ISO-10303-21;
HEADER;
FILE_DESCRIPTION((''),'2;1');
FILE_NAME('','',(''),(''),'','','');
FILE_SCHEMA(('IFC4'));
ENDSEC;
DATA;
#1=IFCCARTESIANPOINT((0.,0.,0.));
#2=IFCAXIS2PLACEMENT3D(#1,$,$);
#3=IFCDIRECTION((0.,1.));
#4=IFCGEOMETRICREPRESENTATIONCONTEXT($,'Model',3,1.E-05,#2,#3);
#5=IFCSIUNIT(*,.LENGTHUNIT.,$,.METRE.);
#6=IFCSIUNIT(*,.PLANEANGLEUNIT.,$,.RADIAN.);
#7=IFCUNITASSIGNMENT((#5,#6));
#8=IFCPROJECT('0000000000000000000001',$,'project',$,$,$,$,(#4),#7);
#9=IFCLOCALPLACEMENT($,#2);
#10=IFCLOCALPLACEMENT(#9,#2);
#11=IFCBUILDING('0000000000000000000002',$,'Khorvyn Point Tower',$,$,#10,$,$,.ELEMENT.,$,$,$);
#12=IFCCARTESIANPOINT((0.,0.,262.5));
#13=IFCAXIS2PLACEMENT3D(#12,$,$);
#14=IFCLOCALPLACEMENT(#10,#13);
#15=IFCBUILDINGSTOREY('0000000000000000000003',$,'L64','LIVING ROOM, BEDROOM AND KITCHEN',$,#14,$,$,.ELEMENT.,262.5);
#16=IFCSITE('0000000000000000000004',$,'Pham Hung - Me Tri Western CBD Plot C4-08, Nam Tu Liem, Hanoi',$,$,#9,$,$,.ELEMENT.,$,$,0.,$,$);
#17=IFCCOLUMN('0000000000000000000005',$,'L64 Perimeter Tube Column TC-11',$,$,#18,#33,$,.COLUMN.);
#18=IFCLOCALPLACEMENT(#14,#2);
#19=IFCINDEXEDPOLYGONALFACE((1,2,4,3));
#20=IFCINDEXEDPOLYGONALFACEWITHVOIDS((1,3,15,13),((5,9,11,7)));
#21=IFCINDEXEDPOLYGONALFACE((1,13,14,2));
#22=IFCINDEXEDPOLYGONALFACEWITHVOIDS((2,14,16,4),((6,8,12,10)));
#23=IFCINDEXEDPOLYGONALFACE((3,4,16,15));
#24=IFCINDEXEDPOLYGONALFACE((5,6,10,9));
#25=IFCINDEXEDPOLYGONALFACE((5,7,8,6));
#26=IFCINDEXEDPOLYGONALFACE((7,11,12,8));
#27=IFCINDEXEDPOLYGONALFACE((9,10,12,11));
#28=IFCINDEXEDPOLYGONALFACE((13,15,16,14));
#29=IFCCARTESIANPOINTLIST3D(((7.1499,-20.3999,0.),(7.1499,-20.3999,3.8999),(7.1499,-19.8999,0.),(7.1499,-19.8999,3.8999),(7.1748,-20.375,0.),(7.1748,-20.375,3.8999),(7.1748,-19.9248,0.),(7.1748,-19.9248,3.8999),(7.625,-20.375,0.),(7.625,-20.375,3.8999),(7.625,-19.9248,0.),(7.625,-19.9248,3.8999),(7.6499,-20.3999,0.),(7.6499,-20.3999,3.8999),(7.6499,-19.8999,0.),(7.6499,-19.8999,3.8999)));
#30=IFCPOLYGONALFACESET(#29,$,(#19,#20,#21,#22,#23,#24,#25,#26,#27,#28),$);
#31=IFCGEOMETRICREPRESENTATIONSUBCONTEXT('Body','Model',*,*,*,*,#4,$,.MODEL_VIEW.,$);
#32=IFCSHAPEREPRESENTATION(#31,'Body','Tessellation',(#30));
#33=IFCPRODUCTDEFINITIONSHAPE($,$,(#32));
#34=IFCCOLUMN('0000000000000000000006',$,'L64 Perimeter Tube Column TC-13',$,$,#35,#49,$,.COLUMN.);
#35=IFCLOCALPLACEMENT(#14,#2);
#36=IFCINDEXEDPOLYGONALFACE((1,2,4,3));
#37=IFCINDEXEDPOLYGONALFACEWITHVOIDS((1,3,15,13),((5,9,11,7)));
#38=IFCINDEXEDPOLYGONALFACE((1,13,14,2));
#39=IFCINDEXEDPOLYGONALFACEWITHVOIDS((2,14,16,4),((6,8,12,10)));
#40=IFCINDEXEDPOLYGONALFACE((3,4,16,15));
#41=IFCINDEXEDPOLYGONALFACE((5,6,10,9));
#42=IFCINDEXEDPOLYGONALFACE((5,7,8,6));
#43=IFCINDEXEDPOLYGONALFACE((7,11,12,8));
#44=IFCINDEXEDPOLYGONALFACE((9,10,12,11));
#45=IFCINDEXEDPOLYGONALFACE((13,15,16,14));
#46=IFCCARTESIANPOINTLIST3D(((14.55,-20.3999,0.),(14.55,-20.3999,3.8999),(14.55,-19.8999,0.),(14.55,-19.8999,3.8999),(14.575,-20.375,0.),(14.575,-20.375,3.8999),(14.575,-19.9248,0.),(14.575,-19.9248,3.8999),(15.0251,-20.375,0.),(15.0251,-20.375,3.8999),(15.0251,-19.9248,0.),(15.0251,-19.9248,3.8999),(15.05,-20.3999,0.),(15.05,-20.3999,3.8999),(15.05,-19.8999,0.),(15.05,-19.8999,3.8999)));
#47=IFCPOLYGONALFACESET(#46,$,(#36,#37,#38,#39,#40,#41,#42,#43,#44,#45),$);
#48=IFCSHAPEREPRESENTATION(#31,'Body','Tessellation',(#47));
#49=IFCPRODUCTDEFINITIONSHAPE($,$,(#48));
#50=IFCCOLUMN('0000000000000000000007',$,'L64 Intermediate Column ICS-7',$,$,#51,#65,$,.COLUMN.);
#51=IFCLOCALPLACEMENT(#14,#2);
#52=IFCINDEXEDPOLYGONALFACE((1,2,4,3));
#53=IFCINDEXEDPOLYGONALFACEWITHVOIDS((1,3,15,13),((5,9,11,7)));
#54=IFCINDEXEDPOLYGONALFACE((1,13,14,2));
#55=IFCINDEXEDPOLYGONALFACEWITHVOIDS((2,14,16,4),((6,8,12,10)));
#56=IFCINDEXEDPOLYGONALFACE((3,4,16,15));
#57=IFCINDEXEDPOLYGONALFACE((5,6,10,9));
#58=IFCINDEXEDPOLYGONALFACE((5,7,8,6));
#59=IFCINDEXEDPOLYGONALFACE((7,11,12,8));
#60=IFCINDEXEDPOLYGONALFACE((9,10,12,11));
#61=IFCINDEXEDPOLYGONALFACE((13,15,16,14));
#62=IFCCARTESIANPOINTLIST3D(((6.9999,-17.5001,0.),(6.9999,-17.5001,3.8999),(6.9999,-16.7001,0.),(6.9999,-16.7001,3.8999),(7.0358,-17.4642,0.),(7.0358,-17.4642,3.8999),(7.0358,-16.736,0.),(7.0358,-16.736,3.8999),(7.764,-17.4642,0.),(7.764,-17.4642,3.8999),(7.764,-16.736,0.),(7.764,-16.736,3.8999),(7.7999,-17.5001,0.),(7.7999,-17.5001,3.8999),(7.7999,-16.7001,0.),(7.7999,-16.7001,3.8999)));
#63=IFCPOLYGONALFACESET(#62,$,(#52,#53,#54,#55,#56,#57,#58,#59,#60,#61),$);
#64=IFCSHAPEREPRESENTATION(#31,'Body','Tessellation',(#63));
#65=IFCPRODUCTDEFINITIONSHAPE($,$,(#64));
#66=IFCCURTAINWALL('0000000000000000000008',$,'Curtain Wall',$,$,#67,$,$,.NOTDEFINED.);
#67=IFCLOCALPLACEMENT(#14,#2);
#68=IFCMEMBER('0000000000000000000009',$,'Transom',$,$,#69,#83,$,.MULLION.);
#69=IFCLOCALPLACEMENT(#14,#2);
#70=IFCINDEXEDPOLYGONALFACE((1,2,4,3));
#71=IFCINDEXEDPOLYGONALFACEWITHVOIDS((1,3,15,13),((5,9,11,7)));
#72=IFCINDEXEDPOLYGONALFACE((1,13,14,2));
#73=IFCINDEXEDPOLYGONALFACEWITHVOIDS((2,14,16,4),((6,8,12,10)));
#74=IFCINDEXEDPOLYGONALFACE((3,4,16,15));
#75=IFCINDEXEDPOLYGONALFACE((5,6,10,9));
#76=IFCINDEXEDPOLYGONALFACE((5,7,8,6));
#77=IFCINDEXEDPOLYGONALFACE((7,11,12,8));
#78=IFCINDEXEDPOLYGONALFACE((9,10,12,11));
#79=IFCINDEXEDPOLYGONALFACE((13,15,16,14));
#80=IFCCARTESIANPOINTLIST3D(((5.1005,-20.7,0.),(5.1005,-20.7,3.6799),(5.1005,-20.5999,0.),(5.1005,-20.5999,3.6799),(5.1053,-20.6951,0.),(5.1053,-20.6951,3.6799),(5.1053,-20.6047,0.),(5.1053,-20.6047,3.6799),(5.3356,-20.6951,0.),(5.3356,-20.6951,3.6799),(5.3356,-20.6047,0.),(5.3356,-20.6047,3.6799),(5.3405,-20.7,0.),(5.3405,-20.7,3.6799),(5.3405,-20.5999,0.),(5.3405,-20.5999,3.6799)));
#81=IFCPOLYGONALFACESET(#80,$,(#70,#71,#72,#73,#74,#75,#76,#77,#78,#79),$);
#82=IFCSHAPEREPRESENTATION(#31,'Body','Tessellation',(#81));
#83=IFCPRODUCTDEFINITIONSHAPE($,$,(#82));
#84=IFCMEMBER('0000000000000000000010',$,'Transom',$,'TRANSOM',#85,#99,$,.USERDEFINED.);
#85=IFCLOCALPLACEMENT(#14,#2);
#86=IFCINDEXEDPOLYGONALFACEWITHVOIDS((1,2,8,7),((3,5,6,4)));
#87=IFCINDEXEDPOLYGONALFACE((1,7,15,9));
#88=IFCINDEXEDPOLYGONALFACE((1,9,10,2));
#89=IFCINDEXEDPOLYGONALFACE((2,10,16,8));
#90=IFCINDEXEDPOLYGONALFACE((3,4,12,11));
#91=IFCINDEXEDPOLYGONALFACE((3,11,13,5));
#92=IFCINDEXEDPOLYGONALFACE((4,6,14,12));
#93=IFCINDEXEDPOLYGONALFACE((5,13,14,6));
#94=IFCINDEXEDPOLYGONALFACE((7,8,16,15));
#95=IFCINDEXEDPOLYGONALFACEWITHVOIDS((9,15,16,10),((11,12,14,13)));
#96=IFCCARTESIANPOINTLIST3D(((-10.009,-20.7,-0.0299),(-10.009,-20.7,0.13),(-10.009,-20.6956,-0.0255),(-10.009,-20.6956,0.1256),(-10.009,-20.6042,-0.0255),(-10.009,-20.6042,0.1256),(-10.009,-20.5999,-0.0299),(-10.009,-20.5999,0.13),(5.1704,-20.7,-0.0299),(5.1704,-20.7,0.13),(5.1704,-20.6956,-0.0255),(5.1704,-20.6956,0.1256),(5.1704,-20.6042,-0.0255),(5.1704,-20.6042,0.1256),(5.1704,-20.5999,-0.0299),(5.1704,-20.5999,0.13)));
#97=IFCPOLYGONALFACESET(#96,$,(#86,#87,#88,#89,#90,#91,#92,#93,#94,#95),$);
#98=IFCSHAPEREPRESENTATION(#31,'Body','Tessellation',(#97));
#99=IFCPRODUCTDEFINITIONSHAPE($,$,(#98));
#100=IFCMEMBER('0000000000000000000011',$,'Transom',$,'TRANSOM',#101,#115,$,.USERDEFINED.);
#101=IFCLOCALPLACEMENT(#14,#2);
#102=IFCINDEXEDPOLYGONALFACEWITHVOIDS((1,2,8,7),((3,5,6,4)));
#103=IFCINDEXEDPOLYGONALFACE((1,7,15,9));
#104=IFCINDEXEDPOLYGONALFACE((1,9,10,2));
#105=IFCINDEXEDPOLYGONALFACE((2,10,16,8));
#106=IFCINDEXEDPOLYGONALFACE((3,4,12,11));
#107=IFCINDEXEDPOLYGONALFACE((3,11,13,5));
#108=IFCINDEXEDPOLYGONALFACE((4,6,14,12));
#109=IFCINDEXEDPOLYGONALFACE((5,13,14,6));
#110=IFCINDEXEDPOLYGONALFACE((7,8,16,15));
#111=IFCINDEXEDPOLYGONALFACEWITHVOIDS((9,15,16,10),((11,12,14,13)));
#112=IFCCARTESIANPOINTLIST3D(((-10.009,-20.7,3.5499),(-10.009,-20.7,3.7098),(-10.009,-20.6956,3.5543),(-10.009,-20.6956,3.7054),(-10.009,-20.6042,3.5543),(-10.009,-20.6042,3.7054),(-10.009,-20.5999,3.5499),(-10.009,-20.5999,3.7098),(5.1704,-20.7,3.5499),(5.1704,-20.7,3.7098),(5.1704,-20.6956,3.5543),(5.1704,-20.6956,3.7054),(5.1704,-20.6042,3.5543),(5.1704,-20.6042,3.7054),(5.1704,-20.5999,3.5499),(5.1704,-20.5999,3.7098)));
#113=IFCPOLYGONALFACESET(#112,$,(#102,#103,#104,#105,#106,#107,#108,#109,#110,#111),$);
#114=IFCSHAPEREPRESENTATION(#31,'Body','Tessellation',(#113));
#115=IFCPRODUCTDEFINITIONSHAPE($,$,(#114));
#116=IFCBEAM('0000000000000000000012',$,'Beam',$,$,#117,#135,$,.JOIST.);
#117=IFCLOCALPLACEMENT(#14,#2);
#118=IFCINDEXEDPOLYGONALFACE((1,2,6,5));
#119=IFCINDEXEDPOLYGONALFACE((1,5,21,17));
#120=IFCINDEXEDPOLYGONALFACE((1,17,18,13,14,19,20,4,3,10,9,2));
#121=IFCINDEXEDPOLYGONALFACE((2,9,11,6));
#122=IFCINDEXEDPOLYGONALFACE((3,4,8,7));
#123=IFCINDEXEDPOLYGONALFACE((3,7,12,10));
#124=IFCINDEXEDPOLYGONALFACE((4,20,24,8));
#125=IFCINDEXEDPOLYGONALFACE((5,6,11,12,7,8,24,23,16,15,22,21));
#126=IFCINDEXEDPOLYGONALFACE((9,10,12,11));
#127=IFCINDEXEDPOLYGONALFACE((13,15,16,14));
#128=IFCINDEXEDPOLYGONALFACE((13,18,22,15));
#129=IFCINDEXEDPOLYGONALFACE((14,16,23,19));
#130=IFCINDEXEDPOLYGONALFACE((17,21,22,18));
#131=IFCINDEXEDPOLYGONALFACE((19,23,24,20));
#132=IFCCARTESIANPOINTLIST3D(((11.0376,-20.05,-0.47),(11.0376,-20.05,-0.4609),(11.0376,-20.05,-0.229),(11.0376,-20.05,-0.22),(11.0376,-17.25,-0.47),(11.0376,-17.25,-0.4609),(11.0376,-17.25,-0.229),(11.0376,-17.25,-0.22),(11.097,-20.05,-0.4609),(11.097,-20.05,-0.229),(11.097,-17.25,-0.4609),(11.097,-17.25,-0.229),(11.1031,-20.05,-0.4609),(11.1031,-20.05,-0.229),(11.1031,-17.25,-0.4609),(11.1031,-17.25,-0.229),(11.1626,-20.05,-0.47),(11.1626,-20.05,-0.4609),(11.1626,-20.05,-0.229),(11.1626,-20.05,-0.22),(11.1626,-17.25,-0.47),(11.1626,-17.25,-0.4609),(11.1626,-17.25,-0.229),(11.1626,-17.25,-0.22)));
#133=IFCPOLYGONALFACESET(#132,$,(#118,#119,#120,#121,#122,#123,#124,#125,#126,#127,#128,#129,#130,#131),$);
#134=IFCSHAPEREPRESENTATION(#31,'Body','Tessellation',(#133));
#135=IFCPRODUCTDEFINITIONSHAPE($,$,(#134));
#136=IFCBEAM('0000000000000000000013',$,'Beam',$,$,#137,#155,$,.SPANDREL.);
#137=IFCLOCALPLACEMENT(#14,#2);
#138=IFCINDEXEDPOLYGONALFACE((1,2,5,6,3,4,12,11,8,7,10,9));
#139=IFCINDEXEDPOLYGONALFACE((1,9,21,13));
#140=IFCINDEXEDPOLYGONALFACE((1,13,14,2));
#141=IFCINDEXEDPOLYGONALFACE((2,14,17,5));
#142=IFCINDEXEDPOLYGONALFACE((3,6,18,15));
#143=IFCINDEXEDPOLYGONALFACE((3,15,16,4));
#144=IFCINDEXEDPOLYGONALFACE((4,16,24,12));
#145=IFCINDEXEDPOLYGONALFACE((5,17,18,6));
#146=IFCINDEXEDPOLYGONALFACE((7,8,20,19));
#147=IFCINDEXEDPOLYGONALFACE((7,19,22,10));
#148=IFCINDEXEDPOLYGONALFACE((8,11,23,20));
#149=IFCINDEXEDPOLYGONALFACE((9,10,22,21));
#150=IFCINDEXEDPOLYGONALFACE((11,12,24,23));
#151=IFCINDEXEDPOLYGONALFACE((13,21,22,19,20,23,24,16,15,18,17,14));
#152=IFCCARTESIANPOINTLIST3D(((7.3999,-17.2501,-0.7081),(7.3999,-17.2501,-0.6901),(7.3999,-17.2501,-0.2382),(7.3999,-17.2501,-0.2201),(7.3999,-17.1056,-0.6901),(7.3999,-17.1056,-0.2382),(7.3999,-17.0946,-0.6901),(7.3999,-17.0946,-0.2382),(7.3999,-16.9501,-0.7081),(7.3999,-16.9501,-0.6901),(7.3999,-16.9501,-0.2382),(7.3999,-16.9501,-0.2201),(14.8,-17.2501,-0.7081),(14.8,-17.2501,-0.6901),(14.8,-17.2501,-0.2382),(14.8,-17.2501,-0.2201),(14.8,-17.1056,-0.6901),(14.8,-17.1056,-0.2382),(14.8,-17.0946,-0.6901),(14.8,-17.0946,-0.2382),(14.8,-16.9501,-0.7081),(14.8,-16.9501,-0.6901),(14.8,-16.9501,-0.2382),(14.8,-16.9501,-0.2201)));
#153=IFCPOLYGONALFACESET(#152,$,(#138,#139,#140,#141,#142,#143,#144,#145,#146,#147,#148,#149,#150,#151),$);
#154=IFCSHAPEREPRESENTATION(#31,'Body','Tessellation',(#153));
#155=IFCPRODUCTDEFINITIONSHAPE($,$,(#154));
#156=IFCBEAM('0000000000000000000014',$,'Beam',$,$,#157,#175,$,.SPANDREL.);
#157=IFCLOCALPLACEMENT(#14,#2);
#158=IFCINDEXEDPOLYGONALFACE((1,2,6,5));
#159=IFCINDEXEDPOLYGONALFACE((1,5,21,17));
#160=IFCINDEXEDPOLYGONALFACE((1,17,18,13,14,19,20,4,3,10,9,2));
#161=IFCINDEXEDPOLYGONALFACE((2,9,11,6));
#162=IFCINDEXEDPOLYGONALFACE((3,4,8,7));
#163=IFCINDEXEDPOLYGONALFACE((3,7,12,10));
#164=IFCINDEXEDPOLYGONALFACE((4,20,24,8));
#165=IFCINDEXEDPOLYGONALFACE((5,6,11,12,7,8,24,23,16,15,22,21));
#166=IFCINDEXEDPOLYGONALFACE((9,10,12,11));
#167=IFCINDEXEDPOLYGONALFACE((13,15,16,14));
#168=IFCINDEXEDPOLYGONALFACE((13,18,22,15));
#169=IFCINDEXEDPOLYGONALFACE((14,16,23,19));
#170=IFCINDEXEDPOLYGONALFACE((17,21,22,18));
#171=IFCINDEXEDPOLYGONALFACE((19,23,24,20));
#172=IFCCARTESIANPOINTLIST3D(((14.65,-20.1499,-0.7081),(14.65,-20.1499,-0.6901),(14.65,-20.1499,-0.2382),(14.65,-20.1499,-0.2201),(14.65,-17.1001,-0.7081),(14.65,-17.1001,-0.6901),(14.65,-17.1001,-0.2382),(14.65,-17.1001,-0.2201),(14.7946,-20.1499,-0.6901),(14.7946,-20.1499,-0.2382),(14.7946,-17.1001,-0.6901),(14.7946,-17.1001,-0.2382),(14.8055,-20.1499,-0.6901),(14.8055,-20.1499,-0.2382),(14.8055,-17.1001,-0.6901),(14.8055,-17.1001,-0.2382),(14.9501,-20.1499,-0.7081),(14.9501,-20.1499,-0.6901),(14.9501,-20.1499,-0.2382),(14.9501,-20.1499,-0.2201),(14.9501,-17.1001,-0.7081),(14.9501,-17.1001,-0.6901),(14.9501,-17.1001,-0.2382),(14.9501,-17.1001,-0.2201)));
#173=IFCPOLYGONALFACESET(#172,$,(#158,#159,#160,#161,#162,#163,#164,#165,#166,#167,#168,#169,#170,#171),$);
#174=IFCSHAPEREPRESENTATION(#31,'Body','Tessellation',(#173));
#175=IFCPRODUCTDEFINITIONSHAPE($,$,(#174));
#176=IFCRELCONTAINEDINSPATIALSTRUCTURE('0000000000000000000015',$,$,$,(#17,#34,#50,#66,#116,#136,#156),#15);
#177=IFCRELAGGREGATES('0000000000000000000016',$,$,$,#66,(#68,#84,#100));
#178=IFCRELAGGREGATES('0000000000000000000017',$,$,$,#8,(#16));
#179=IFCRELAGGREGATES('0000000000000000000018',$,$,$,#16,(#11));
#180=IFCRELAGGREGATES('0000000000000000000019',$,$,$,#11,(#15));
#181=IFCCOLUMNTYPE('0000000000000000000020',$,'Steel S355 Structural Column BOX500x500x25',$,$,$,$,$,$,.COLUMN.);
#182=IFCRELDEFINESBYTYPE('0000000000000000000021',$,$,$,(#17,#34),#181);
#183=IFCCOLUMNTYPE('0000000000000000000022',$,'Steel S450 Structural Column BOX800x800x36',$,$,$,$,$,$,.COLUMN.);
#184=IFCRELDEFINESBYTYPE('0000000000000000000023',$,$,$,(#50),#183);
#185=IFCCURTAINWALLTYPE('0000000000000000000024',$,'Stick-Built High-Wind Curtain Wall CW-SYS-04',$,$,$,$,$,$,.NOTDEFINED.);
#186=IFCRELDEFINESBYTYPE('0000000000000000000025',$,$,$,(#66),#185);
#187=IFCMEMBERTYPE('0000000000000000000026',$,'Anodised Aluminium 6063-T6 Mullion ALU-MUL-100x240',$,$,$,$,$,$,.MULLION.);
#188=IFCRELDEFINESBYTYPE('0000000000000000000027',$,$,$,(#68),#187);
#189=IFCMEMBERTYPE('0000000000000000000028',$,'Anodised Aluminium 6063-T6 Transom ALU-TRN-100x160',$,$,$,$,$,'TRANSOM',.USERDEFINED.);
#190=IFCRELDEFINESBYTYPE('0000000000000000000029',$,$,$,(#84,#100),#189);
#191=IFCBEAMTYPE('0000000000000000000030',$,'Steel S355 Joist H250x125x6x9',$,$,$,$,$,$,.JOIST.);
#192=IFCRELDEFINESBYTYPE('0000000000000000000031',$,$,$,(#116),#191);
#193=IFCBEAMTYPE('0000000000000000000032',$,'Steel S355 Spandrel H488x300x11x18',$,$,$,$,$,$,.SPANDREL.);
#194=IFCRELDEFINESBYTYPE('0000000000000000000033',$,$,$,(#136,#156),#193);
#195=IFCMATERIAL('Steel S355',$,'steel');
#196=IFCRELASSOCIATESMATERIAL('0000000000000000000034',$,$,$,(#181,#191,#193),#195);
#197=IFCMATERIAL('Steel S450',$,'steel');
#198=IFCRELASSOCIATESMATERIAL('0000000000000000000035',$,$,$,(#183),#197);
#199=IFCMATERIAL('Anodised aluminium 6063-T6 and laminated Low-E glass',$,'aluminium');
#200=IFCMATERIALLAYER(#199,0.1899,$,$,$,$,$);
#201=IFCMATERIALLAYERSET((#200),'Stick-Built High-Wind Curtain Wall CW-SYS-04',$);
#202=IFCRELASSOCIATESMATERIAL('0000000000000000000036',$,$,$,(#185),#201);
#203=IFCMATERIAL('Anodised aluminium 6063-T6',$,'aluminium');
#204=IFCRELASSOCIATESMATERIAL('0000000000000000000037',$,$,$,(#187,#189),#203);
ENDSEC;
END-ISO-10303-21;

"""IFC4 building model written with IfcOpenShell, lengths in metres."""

from ifc_helpers import new_model, si_unit, direction, frame, origin, origin_2d, place, context, subcontext, project, spatial, hollow_rectangle, i_section, extrude, material, layer, layer_set, material_profile, profile_set, type_object, element, aggregate, save


model = new_model("IFC4")

# Units and contexts
model_context = context("Model", 3, precision=1e-05, world=origin(), true_north=direction((0.0, 1.0)))
body_context = subcontext(model_context, "Body", "Model", "MODEL_VIEW")
ifc_project = project(units=[si_unit("LENGTHUNIT", "METRE"), si_unit("PLANEANGLEUNIT", "RADIAN")], contexts=[model_context])

# Site, building, storey
site_placement = place(None, origin())
site = spatial("IfcSite", under=ifc_project, at=site_placement, Name="Pham Hung - Me Tri Western CBD Plot C4-08, Nam Tu Liem, Hanoi", CompositionType="ELEMENT", RefElevation=0.0)
building_placement = place(site_placement, origin())
building = spatial("IfcBuilding", under=site, at=building_placement, Name="Khorvyn Point Tower", CompositionType="ELEMENT")
storey_placement = place(building_placement, frame((0.0, 0.0, 262.5)))
storey = spatial("IfcBuildingStorey", under=building, at=storey_placement, Name="L64", Description="LIVING ROOM, BEDROOM AND KITCHEN", CompositionType="ELEMENT", Elevation=262.5)

# Columns
ifc_material_1 = material(Name="Steel S355", Category="steel")
ifc_material_profile_1 = material_profile(ifc_material_1, hollow_rectangle(XDim=0.5, YDim=0.5, WallThickness=0.0249, at=origin_2d()))
ifc_profile_set_1 = profile_set([ifc_material_profile_1], Name="Steel S355 BOX500x500x25")
column_type_1 = type_object("IfcColumnType", Name="Steel S355 Structural Column BOX500x500x25", PredefinedType="COLUMN", material=ifc_profile_set_1)
for number, where, z_axis, x_axis, name in (
    (1, (7.3999, -20.1499, 0.0), (0.0, 0.0, 1.0), (1.0, 0.0, 0.0), "L64 Perimeter Tube Column TC-11"),
    (2, (14.8, -20.1499, 0.0), (0.0, 0.0, 1.0), (1.0, 0.0, 0.0), "L64 Perimeter Tube Column TC-13"),
):
    element("IfcColumn", number, at=place(storey_placement, frame(where, z_axis=z_axis, x_axis=x_axis)), inside=storey, type_object=column_type_1, Name=name, PredefinedType="COLUMN", context=body_context, shape_type="SweptSolid", body=[
        extrude(hollow_rectangle(XDim=0.5, YDim=0.5, WallThickness=0.0249, at=origin_2d()), origin(), (0.0, 0.0, 1.0), 3.8999),
    ])
ifc_material_2 = material(Name="Steel S450", Category="steel")
ifc_material_profile_2 = material_profile(ifc_material_2, hollow_rectangle(XDim=0.8, YDim=0.8, WallThickness=0.0359, at=origin_2d()))
ifc_profile_set_2 = profile_set([ifc_material_profile_2], Name="Steel S450 BOX800x800x36")
column_type_2 = type_object("IfcColumnType", Name="Steel S450 Structural Column BOX800x800x36", PredefinedType="COLUMN", material=ifc_profile_set_2)
column_placement = place(storey_placement, frame((7.3999, -17.1001, 0.0), z_axis=(0.0, 0.0, 1.0), x_axis=(1.0, 0.0, 0.0)))
element("IfcColumn", 3, at=column_placement, inside=storey, type_object=column_type_2, Name="L64 Intermediate Column ICS-7", PredefinedType="COLUMN", context=body_context, shape_type="SweptSolid", body=[
    extrude(hollow_rectangle(XDim=0.8, YDim=0.8, WallThickness=0.0359, at=origin_2d()), origin(), (0.0, 0.0, 1.0), 3.8999),
])

# Curtain wall, members
ifc_material_3 = material(Name="Anodised aluminium 6063-T6 and laminated Low-E glass", Category="aluminium")
ifc_layer_1 = layer(ifc_material_3, 0.1899)
ifc_layer_set_1 = layer_set([ifc_layer_1], Name="Stick-Built High-Wind Curtain Wall CW-SYS-04")
curtain_wall_type = type_object("IfcCurtainWallType", Name="Stick-Built High-Wind Curtain Wall CW-SYS-04", PredefinedType="NOTDEFINED", material=ifc_layer_set_1)
curtain_wall_placement = place(storey_placement, origin())
curtain_wall = element("IfcCurtainWall", 4, at=curtain_wall_placement, inside=storey, type_object=curtain_wall_type, Name="Curtain Wall", PredefinedType="NOTDEFINED")
ifc_material_4 = material(Name="Anodised aluminium 6063-T6", Category="aluminium")
ifc_material_profile_3 = material_profile(ifc_material_4, hollow_rectangle(XDim=0.1001, YDim=0.24, WallThickness=0.0049, at=origin_2d()))
ifc_profile_set_3 = profile_set([ifc_material_profile_3], Name="Anodised aluminium 6063-T6 ALU-MUL-100x240")
member_type_1 = type_object("IfcMemberType", Name="Anodised Aluminium 6063-T6 Mullion ALU-MUL-100x240", PredefinedType="MULLION", material=ifc_profile_set_3)
member_1_placement = place(storey_placement, frame((5.2205, -20.6499, 0.0), z_axis=(0.0, 0.0, 1.0), x_axis=(0.0, -1.0, 0.0)))
member_1 = element("IfcMember", 5, at=member_1_placement, type_object=member_type_1, Name="Transom", PredefinedType="MULLION", context=body_context, shape_type="SweptSolid", body=[
    extrude(hollow_rectangle(XDim=0.1001, YDim=0.24, WallThickness=0.0049, at=origin_2d()), origin(), (0.0, 0.0, 1.0), 3.6799),
])
ifc_material_profile_4 = material_profile(ifc_material_4, hollow_rectangle(XDim=0.1001, YDim=0.1599, WallThickness=0.0044, at=origin_2d()))
ifc_profile_set_4 = profile_set([ifc_material_profile_4], Name="Anodised aluminium 6063-T6 ALU-TRN-100x160")
member_type_2 = type_object("IfcMemberType", Name="Anodised Aluminium 6063-T6 Transom ALU-TRN-100x160", ElementType="TRANSOM", PredefinedType="USERDEFINED", material=ifc_profile_set_4)
member_2_placement = place(storey_placement, frame((5.1704, -20.6499, 0.05), z_axis=(-1.0, 0.0, 0.0), x_axis=(0.0, -1.0, 0.0)))
member_2 = element("IfcMember", 6, at=member_2_placement, type_object=member_type_2, Name="Transom", ObjectType="TRANSOM", PredefinedType="USERDEFINED", context=body_context, shape_type="SweptSolid", body=[
    extrude(hollow_rectangle(XDim=0.1001, YDim=0.1599, WallThickness=0.0044, at=origin_2d()), origin(), (0.0, 0.0, 1.0), 15.1794),
])
member_3_placement = place(storey_placement, frame((5.1704, -20.6499, 3.6299), z_axis=(-1.0, 0.0, 0.0), x_axis=(0.0, -1.0, 0.0)))
member_3 = element("IfcMember", 7, at=member_3_placement, type_object=member_type_2, Name="Transom", ObjectType="TRANSOM", PredefinedType="USERDEFINED", context=body_context, shape_type="SweptSolid", body=[
    extrude(hollow_rectangle(XDim=0.1001, YDim=0.1599, WallThickness=0.0044, at=origin_2d()), origin(), (0.0, 0.0, 1.0), 15.1794),
])

# Beams
ifc_material_profile_5 = material_profile(ifc_material_1, i_section(OverallWidth=0.125, OverallDepth=0.25, WebThickness=0.0061, FlangeThickness=0.009, at=origin_2d()))
ifc_profile_set_5 = profile_set([ifc_material_profile_5], Name="Steel S355 H250x125x6x9")
beam_type_1 = type_object("IfcBeamType", Name="Steel S355 Joist H250x125x6x9", PredefinedType="JOIST", material=ifc_profile_set_5)
beam_1_placement = place(storey_placement, frame((11.1001, -20.05, -0.345), z_axis=(0.0, 1.0, 0.0), x_axis=(-1.0, 0.0, 0.0)))
element("IfcBeam", 8, at=beam_1_placement, inside=storey, type_object=beam_type_1, Name="Beam", PredefinedType="JOIST", context=body_context, shape_type="SweptSolid", body=[
    extrude(i_section(OverallWidth=0.125, OverallDepth=0.25, WebThickness=0.0061, FlangeThickness=0.009, at=origin_2d()), origin(), (0.0, 0.0, 1.0), 2.8),
])
ifc_material_profile_6 = material_profile(ifc_material_1, i_section(OverallWidth=0.3, OverallDepth=0.488, WebThickness=0.011, FlangeThickness=0.0181, at=origin_2d()))
ifc_profile_set_6 = profile_set([ifc_material_profile_6], Name="Steel S355 H488x300x11x18")
beam_type_2 = type_object("IfcBeamType", Name="Steel S355 Spandrel H488x300x11x18", PredefinedType="SPANDREL", material=ifc_profile_set_6)
beam_2_placement = place(storey_placement, frame((7.3999, -17.1001, -0.4641), z_axis=(1.0, 0.0, 0.0), x_axis=(0.0, 1.0, 0.0)))
element("IfcBeam", 9, at=beam_2_placement, inside=storey, type_object=beam_type_2, Name="Beam", PredefinedType="SPANDREL", context=body_context, shape_type="SweptSolid", body=[
    extrude(i_section(OverallWidth=0.3, OverallDepth=0.488, WebThickness=0.011, FlangeThickness=0.0181, at=origin_2d()), origin(), (0.0, 0.0, 1.0), 7.4001),
])
for number, where, z_axis, x_axis, name in (
    (10, (14.8, -20.1499, -0.4641), (0.0, 1.0, 0.0), (-1.0, 0.0, 0.0), "Beam"),
):
    element("IfcBeam", number, at=place(storey_placement, frame(where, z_axis=z_axis, x_axis=x_axis)), inside=storey, type_object=beam_type_2, Name=name, PredefinedType="SPANDREL", context=body_context, shape_type="SweptSolid", body=[
        extrude(i_section(OverallWidth=0.3, OverallDepth=0.488, WebThickness=0.011, FlangeThickness=0.0181, at=origin_2d()), origin(), (0.0, 0.0, 1.0), 3.0498),
    ])

aggregate(curtain_wall, [member_1, member_2, member_3])

save(model, "model.ifc")
